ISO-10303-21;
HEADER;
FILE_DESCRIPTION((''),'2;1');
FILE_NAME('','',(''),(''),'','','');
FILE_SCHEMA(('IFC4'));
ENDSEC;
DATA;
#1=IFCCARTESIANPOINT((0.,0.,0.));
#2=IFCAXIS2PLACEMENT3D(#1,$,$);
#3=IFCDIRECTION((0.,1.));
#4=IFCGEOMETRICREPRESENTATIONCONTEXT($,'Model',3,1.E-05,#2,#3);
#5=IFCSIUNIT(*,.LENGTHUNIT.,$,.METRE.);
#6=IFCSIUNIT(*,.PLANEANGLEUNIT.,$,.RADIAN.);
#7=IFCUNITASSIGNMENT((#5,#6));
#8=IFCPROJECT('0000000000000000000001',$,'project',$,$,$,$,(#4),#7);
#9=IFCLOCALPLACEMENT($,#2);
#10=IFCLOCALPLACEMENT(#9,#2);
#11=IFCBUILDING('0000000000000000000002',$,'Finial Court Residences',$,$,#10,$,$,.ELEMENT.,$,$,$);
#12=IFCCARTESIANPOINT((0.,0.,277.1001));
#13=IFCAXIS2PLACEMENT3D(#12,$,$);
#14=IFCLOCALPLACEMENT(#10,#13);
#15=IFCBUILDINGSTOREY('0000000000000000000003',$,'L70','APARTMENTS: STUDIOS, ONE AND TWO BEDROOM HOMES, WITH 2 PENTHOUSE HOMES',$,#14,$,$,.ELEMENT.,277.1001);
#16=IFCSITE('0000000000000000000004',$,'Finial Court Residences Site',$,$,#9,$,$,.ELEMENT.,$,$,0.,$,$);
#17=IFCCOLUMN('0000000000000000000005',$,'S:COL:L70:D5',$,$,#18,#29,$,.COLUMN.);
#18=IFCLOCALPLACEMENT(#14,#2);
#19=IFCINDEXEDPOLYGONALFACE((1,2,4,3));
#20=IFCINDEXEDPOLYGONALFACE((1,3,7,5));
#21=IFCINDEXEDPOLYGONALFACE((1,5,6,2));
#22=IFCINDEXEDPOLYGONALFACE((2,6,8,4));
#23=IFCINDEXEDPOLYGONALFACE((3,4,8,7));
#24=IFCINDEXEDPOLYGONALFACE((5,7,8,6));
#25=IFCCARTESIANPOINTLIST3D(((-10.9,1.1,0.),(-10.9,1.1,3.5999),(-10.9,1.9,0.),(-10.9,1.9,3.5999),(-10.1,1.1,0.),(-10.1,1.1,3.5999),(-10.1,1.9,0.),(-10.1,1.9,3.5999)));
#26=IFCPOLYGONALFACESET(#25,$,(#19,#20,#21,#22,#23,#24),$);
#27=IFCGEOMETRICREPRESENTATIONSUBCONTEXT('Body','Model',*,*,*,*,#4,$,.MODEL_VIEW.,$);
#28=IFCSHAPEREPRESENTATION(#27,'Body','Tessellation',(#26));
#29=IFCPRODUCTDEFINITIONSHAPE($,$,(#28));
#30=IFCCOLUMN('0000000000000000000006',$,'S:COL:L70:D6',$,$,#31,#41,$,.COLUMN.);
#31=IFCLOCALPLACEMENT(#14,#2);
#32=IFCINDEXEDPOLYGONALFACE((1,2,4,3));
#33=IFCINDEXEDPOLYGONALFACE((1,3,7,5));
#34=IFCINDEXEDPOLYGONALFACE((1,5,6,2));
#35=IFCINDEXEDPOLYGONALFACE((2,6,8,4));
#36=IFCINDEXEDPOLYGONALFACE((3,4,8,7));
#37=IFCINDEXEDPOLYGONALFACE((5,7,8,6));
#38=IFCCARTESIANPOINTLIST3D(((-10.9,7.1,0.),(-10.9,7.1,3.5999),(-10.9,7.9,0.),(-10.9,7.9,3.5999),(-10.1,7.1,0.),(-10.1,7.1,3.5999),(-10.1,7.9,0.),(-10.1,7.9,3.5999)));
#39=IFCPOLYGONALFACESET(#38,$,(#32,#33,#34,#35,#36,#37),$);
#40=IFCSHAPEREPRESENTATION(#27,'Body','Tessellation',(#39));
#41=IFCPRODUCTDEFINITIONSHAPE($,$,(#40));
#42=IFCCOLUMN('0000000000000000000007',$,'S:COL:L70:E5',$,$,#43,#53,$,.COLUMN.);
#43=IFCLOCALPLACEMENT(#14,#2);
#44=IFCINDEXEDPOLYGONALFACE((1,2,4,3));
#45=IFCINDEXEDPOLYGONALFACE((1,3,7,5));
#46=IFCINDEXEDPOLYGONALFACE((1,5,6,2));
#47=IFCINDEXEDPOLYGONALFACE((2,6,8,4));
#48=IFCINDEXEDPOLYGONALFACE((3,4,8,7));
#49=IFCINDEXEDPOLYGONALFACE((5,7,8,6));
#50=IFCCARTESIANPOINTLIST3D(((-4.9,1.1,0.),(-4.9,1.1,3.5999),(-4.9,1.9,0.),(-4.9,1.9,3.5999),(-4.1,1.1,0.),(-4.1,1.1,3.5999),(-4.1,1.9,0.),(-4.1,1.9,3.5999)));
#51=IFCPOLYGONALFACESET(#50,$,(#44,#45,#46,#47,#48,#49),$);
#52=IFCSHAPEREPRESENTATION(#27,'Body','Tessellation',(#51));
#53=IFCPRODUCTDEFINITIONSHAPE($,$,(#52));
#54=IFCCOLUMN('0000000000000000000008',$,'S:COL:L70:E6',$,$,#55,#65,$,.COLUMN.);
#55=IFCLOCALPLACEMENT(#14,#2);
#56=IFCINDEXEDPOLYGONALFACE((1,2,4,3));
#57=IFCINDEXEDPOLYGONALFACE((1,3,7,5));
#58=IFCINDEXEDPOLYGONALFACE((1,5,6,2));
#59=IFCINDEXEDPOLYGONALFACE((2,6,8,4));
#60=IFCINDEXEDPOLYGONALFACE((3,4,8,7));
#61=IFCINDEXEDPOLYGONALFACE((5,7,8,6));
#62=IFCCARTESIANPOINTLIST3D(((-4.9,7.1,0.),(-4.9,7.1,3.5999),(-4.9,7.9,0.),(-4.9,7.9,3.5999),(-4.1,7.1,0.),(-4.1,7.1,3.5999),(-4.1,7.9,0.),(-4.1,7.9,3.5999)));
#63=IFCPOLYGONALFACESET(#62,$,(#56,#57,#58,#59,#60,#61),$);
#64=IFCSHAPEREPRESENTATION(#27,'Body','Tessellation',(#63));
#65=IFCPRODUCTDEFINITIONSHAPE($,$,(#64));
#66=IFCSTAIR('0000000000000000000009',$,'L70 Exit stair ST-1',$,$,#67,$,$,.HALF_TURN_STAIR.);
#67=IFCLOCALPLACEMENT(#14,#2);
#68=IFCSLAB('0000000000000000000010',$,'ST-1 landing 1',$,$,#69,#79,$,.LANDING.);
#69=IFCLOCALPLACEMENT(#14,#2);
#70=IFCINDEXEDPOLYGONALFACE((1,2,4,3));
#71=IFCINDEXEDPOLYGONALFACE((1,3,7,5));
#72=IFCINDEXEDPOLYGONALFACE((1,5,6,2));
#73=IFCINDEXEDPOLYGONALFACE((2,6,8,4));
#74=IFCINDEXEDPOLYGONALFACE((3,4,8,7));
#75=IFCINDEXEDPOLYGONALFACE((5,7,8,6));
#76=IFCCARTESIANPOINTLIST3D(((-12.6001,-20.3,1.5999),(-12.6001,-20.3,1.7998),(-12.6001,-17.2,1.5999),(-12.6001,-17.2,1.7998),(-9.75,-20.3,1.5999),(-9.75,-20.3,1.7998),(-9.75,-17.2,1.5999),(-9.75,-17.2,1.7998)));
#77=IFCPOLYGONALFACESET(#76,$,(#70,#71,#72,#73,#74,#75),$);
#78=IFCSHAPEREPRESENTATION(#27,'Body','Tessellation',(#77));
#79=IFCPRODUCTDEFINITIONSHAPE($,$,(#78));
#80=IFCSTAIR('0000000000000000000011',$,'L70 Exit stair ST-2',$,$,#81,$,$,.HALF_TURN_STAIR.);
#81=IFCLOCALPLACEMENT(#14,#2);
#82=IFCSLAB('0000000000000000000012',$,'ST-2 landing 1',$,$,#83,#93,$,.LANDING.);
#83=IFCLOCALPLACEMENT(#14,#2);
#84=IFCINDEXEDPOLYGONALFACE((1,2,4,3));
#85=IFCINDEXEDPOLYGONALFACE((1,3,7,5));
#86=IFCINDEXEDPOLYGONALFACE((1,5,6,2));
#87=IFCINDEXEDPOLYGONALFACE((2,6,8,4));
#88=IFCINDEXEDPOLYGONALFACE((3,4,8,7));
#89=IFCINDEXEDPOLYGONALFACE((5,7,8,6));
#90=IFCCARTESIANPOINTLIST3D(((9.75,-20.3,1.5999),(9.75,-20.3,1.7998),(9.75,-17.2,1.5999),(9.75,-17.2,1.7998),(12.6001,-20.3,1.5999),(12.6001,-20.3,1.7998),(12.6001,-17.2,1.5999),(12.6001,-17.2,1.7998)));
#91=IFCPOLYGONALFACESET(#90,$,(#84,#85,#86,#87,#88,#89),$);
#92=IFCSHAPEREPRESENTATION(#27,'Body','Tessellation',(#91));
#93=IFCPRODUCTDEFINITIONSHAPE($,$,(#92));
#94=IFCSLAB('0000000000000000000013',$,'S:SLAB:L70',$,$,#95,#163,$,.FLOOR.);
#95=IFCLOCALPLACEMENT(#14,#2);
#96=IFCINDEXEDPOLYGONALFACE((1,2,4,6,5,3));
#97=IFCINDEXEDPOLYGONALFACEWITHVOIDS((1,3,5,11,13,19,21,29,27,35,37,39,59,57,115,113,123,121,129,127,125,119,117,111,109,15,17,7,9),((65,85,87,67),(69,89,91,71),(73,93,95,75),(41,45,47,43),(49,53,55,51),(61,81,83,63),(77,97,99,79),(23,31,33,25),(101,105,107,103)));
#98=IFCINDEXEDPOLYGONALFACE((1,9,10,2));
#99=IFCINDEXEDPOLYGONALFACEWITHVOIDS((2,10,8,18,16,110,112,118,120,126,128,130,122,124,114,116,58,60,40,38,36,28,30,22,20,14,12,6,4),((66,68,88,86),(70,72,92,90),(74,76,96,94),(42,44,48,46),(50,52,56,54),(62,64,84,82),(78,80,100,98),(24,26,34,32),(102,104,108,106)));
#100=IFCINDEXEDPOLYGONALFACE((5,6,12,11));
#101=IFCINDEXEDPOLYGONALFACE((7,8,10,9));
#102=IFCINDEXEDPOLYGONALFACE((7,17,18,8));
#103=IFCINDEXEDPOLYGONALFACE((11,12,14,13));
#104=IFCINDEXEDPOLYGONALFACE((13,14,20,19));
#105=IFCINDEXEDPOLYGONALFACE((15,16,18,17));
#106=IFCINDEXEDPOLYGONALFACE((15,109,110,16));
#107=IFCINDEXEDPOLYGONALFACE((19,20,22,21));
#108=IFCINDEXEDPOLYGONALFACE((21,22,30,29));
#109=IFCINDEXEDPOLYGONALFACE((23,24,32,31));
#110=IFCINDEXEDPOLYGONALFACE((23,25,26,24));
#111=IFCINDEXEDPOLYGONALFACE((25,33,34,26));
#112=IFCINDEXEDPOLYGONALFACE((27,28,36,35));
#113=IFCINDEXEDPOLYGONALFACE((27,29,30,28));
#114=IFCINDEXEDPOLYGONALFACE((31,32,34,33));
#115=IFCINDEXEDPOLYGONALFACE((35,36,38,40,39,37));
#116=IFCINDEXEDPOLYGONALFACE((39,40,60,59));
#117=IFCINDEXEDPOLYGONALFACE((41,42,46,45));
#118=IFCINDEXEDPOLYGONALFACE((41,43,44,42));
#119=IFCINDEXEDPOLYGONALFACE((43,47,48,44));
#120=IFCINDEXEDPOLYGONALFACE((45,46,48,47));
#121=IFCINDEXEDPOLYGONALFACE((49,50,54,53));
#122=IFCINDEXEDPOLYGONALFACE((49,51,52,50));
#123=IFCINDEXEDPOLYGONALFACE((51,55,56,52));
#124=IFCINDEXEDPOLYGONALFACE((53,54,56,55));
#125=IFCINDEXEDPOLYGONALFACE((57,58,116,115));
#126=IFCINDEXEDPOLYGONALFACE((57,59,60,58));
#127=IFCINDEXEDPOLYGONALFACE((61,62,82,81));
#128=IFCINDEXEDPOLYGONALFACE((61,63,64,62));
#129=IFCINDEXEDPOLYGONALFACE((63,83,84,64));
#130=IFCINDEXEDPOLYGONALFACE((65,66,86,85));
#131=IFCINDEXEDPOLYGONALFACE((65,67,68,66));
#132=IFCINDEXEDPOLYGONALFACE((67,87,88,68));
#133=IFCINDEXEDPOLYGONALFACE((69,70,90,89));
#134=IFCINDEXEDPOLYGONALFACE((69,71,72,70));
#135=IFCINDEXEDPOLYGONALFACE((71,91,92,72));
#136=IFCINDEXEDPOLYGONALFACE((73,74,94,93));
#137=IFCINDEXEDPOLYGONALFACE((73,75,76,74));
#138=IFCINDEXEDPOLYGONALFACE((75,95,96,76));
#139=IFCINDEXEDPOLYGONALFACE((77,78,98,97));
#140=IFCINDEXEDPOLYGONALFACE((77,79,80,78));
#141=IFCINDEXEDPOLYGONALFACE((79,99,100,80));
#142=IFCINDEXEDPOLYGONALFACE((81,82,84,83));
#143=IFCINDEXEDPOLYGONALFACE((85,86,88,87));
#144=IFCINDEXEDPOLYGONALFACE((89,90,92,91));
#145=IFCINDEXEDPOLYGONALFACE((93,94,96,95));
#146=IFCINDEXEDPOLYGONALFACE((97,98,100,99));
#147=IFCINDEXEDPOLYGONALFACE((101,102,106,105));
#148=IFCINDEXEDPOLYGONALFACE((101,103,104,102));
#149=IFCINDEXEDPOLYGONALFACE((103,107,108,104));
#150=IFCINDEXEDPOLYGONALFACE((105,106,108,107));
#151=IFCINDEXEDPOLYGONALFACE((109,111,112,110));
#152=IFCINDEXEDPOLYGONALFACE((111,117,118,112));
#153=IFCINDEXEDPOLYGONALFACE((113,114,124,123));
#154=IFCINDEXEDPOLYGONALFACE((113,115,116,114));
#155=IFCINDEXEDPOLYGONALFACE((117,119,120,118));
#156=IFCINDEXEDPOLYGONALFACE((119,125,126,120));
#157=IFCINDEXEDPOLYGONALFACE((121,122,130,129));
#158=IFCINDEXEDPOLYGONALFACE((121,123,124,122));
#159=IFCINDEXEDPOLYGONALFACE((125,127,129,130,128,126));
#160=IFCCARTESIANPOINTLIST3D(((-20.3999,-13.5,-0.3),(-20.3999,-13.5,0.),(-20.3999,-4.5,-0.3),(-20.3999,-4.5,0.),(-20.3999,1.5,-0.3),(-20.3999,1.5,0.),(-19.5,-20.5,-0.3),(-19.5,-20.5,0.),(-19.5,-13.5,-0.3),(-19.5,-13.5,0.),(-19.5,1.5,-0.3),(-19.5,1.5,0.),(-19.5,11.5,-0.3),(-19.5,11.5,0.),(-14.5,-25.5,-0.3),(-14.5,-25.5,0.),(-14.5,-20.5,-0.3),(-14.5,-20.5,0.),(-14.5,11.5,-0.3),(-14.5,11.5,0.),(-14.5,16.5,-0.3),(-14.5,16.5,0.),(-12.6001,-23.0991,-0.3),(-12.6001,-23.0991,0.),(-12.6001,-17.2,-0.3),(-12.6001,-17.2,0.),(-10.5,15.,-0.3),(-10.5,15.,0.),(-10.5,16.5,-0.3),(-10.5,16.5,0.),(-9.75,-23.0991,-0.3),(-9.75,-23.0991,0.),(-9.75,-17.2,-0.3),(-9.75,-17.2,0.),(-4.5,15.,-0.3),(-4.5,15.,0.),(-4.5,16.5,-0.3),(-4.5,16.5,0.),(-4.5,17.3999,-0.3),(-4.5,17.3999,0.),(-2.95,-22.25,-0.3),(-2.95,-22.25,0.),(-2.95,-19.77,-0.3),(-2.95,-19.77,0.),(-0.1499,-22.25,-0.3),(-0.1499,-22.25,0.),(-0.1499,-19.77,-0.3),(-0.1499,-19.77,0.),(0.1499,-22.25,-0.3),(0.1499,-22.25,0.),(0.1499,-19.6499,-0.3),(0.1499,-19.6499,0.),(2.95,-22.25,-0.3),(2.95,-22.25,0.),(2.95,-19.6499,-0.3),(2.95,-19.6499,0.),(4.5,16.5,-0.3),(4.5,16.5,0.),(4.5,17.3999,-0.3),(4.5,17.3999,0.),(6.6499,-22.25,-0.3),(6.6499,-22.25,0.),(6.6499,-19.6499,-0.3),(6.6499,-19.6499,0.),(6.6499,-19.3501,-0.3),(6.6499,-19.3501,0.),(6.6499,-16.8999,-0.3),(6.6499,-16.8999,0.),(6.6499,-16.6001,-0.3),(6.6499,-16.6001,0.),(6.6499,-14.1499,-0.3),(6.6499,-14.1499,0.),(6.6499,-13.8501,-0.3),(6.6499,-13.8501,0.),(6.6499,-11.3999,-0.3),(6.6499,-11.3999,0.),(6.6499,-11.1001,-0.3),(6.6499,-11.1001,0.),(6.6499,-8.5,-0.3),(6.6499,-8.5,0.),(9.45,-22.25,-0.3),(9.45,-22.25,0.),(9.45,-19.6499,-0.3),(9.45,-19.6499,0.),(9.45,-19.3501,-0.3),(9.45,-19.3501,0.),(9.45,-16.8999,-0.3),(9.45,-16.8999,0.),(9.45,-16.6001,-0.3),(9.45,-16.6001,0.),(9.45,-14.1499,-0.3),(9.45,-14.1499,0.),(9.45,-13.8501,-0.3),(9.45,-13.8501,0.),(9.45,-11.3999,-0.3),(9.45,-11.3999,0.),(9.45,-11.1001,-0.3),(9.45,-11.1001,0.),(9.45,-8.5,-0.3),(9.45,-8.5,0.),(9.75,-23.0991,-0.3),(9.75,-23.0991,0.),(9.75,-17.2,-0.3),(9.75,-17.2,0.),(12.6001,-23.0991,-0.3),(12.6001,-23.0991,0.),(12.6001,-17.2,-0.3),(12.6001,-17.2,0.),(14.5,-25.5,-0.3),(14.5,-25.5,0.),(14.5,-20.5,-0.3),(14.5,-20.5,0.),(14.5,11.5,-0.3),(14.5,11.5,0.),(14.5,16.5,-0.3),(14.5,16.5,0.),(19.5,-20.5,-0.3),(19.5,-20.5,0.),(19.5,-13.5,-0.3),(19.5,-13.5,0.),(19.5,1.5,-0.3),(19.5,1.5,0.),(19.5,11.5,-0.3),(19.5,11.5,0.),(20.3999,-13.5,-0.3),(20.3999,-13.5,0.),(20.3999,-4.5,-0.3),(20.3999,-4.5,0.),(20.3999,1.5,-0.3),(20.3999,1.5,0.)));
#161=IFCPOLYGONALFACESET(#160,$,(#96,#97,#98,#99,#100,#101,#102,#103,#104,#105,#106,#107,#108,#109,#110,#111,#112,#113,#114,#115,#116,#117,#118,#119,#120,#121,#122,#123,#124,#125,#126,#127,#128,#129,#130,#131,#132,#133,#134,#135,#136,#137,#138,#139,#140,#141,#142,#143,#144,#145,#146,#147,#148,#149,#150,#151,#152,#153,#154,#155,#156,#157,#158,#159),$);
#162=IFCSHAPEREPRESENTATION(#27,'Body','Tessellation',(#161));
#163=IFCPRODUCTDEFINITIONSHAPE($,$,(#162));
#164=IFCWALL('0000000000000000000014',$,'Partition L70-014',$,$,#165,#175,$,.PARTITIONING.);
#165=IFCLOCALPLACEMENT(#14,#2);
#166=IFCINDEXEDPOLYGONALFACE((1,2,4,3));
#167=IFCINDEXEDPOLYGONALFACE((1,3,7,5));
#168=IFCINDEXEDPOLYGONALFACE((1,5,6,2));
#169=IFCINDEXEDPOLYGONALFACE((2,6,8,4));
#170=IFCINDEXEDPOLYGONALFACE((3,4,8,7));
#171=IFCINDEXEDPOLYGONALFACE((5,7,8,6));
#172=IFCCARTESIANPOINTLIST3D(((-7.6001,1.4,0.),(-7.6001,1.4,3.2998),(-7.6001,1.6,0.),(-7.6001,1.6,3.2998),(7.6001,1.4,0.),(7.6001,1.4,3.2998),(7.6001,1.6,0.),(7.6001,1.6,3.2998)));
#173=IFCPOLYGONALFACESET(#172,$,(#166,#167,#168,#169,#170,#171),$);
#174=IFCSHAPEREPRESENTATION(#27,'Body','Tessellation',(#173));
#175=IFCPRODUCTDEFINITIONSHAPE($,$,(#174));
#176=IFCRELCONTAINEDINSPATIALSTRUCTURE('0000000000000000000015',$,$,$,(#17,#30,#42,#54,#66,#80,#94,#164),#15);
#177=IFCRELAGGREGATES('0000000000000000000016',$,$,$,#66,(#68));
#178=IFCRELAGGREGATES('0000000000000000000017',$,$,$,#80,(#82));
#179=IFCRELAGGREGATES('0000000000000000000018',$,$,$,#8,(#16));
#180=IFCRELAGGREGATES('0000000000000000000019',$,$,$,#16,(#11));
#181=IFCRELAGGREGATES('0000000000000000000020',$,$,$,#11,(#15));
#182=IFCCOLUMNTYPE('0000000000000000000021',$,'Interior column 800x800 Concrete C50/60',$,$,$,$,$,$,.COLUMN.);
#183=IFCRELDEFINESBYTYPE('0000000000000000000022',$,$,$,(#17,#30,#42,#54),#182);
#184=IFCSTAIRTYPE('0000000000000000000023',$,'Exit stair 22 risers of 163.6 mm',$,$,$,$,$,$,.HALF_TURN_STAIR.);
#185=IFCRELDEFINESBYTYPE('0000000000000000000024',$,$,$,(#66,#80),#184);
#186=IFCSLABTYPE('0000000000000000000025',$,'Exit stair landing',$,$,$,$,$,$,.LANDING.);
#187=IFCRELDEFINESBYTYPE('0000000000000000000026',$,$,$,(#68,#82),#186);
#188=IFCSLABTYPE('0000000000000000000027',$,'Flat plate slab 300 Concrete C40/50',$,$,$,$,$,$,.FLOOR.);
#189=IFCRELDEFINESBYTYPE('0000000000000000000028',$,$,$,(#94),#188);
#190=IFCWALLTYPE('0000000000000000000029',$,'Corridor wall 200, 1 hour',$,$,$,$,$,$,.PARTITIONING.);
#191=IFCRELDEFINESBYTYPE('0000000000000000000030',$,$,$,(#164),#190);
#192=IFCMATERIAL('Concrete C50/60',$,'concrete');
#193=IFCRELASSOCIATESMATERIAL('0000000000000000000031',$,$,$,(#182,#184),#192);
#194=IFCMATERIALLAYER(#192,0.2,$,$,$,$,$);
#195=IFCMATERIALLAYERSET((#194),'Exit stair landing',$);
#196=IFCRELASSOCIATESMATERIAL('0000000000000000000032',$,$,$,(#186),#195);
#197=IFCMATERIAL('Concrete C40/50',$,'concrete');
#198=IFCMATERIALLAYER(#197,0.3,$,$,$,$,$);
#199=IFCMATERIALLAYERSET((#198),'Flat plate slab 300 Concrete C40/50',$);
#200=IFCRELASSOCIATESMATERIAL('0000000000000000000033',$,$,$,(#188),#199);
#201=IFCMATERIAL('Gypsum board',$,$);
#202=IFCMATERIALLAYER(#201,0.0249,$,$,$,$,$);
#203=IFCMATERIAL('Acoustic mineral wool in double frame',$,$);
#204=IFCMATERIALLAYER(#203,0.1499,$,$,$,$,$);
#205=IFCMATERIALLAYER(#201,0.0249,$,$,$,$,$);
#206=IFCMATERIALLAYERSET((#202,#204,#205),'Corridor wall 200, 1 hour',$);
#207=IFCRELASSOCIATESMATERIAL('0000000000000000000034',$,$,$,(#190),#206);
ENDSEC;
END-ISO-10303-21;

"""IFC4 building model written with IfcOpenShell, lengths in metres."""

from ifc_helpers import new_model, si_unit, direction, frame, frame_2d, origin, origin_2d, place, context, subcontext, project, spatial, polyline, rectangle, outline, extrude, material, layer, layer_set, material_profile, profile_set, type_object, element, aggregate, save


model = new_model("IFC4")

# Units and contexts
model_context = context("Model", 3, precision=1e-05, world=origin(), true_north=direction((0.0, 1.0)))
body_context = subcontext(model_context, "Body", "Model", "MODEL_VIEW")
ifc_project = project(units=[si_unit("LENGTHUNIT", "METRE"), si_unit("PLANEANGLEUNIT", "RADIAN")], contexts=[model_context])

# Site, building, storey
site_placement = place(None, origin())
site = spatial("IfcSite", under=ifc_project, at=site_placement, Name="Finial Court Residences Site", CompositionType="ELEMENT", RefElevation=0.0)
building_placement = place(site_placement, origin())
building = spatial("IfcBuilding", under=site, at=building_placement, Name="Finial Court Residences", CompositionType="ELEMENT")
storey_placement = place(building_placement, frame((0.0, 0.0, 277.1001)))
storey = spatial("IfcBuildingStorey", under=building, at=storey_placement, Name="L70", Description="APARTMENTS: STUDIOS, ONE AND TWO BEDROOM HOMES, WITH 2 PENTHOUSE HOMES", CompositionType="ELEMENT", Elevation=277.1001)

# Columns
ifc_material_1 = material(Name="Concrete C50/60", Category="concrete")
ifc_material_profile = material_profile(ifc_material_1, rectangle(XDim=0.8, YDim=0.8, at=origin_2d()), Name="800x800")
ifc_profile_set = profile_set([ifc_material_profile], Name="Concrete C50/60")
column_type = type_object("IfcColumnType", Name="Interior column 800x800 Concrete C50/60", PredefinedType="COLUMN", material=ifc_profile_set)
for number, where, z_axis, x_axis, name in (
    (1, (-10.5, 1.5, 0.0), (0.0, 0.0, 1.0), (1.0, 0.0, 0.0), "S:COL:L70:D5"),
    (2, (-10.5, 7.5, 0.0), (0.0, 0.0, 1.0), (1.0, 0.0, 0.0), "S:COL:L70:D6"),
    (3, (-4.5, 1.5, 0.0), (0.0, 0.0, 1.0), (1.0, 0.0, 0.0), "S:COL:L70:E5"),
    (4, (-4.5, 7.5, 0.0), (0.0, 0.0, 1.0), (1.0, 0.0, 0.0), "S:COL:L70:E6"),
):
    element("IfcColumn", number, at=place(storey_placement, frame(where, z_axis=z_axis, x_axis=x_axis)), inside=storey, type_object=column_type, Name=name, PredefinedType="COLUMN", context=body_context, shape_type="SweptSolid", body=[
        extrude(rectangle(XDim=0.8, YDim=0.8, at=origin_2d()), origin(), (0.0, 0.0, 1.0), 3.5999),
    ])

# Stairs, slabs
stair_type = type_object("IfcStairType", Name="Exit stair 22 risers of 163.6 mm", PredefinedType="HALF_TURN_STAIR", material=ifc_material_1)
stair_1_placement = place(storey_placement, origin())
stair_1 = element("IfcStair", 5, at=stair_1_placement, inside=storey, type_object=stair_type, Name="L70 Exit stair ST-1", PredefinedType="HALF_TURN_STAIR")
ifc_layer_1 = layer(ifc_material_1, 0.2)
ifc_layer_set_1 = layer_set([ifc_layer_1], Name="Exit stair landing")
slab_type_1 = type_object("IfcSlabType", Name="Exit stair landing", PredefinedType="LANDING", material=ifc_layer_set_1)
slab_1_placement = place(storey_placement, frame((0.0, 0.0, 1.5999)))
slab_1 = element("IfcSlab", 6, at=slab_1_placement, type_object=slab_type_1, Name="ST-1 landing 1", PredefinedType="LANDING", context=body_context, shape_type="SweptSolid", body=[
    extrude(outline(polyline([(-9.75, -20.3), (-9.75, -17.2), (-12.6001, -17.2), (-12.6001, -20.3), (-9.75, -20.3)])), origin(), (0.0, 0.0, 1.0), 0.2),
])
aggregate(stair_1, [slab_1])
stair_2_placement = place(storey_placement, origin())
stair_2 = element("IfcStair", 7, at=stair_2_placement, inside=storey, type_object=stair_type, Name="L70 Exit stair ST-2", PredefinedType="HALF_TURN_STAIR")
slab_2_placement = place(storey_placement, frame((0.0, 0.0, 1.5999)))
slab_2 = element("IfcSlab", 8, at=slab_2_placement, type_object=slab_type_1, Name="ST-2 landing 1", PredefinedType="LANDING", context=body_context, shape_type="SweptSolid", body=[
    extrude(outline(polyline([(12.6001, -20.3), (12.6001, -17.2), (9.75, -17.2), (9.75, -20.3), (12.6001, -20.3)])), origin(), (0.0, 0.0, 1.0), 0.2),
])
aggregate(stair_2, [slab_2])

# Slab
ifc_material_2 = material(Name="Concrete C40/50", Category="concrete")
ifc_layer_2 = layer(ifc_material_2, 0.3)
ifc_layer_set_2 = layer_set([ifc_layer_2], Name="Flat plate slab 300 Concrete C40/50")
slab_type_2 = type_object("IfcSlabType", Name="Flat plate slab 300 Concrete C40/50", PredefinedType="FLOOR", material=ifc_layer_set_2)
slab_3_placement = place(storey_placement, frame((0.0, 0.0, -0.3)))
element("IfcSlab", 9, at=slab_3_placement, inside=storey, type_object=slab_type_2, Name="S:SLAB:L70", PredefinedType="FLOOR", context=body_context, shape_type="SweptSolid", body=[
    extrude(outline(polyline([(-14.5, 16.5), (-10.5, 16.5), (-10.5, 15.0), (-4.5, 15.0), (-4.5, 16.5), (-4.5, 17.3999), (4.5, 17.3999), (4.5, 16.5), (14.5, 16.5), (14.5, 11.5), (19.5, 11.5), (19.5, 1.5), (20.3999, 1.5), (20.3999, -4.5), (20.3999, -13.5), (19.5, -13.5), (19.5, -20.5), (14.5, -20.5), (14.5, -25.5), (-14.5, -25.5), (-14.5, -20.5), (-19.5, -20.5), (-19.5, -13.5), (-20.3999, -13.5), (-20.3999, -4.5), (-20.3999, 1.5), (-19.5, 1.5), (-19.5, 11.5), (-14.5, 11.5), (-14.5, 16.5)]), holes=[polyline([(-0.1499, -19.77), (-2.95, -19.77), (-2.95, -22.25), (-0.1499, -22.25), (-0.1499, -19.77)]), polyline([(2.95, -19.6499), (0.1499, -19.6499), (0.1499, -22.25), (2.95, -22.25), (2.95, -19.6499)]), polyline([(9.45, -19.6499), (6.6499, -19.6499), (6.6499, -22.25), (9.45, -22.25), (9.45, -19.6499)]), polyline([(-12.6001, -17.2), (-12.6001, -23.0991), (-9.75, -23.0991), (-9.75, -17.2), (-12.6001, -17.2)]), polyline([(9.75, -17.2), (9.75, -23.0991), (12.6001, -23.0991), (12.6001, -17.2), (9.75, -17.2)]), polyline([(9.45, -16.8999), (6.6499, -16.8999), (6.6499, -19.3501), (9.45, -19.3501), (9.45, -16.8999)]), polyline([(9.45, -14.1499), (6.6499, -14.1499), (6.6499, -16.6001), (9.45, -16.6001), (9.45, -14.1499)]), polyline([(9.45, -13.8501), (9.45, -11.3999), (6.6499, -11.3999), (6.6499, -13.8501), (9.45, -13.8501)]), polyline([(9.45, -11.1001), (9.45, -8.5), (6.6499, -8.5), (6.6499, -11.1001), (9.45, -11.1001)])]), origin(), (0.0, 0.0, 1.0), 0.3),
])

# Wall
ifc_material_3 = material(Name="Gypsum board")
ifc_layer_3 = layer(ifc_material_3, 0.0249)
ifc_material_4 = material(Name="Acoustic mineral wool in double frame")
ifc_layer_4 = layer(ifc_material_4, 0.1499)
ifc_layer_5 = layer(ifc_material_3, 0.0249)
ifc_layer_set_3 = layer_set([ifc_layer_3, ifc_layer_4, ifc_layer_5], Name="Corridor wall 200, 1 hour")
wall_type_1 = type_object("IfcWallType", Name="Corridor wall 200, 1 hour", PredefinedType="PARTITIONING", material=ifc_layer_set_3)
wall_1_placement = place(storey_placement, frame((-7.6001, 1.5, 0.0), z_axis=(0.0, 0.0, 1.0), x_axis=(1.0, 0.0, 0.0)))
element("IfcWall", 10, at=wall_1_placement, inside=storey, type_object=wall_type_1, Name="Partition L70-014", PredefinedType="PARTITIONING", context=body_context, shape_type="SweptSolid", body=[
    extrude(rectangle(XDim=15.2002, YDim=0.2, at=frame_2d((7.6001, 0.0))), origin(), (0.0, 0.0, 1.0), 3.2998),
])

save(model, "model.ifc")
